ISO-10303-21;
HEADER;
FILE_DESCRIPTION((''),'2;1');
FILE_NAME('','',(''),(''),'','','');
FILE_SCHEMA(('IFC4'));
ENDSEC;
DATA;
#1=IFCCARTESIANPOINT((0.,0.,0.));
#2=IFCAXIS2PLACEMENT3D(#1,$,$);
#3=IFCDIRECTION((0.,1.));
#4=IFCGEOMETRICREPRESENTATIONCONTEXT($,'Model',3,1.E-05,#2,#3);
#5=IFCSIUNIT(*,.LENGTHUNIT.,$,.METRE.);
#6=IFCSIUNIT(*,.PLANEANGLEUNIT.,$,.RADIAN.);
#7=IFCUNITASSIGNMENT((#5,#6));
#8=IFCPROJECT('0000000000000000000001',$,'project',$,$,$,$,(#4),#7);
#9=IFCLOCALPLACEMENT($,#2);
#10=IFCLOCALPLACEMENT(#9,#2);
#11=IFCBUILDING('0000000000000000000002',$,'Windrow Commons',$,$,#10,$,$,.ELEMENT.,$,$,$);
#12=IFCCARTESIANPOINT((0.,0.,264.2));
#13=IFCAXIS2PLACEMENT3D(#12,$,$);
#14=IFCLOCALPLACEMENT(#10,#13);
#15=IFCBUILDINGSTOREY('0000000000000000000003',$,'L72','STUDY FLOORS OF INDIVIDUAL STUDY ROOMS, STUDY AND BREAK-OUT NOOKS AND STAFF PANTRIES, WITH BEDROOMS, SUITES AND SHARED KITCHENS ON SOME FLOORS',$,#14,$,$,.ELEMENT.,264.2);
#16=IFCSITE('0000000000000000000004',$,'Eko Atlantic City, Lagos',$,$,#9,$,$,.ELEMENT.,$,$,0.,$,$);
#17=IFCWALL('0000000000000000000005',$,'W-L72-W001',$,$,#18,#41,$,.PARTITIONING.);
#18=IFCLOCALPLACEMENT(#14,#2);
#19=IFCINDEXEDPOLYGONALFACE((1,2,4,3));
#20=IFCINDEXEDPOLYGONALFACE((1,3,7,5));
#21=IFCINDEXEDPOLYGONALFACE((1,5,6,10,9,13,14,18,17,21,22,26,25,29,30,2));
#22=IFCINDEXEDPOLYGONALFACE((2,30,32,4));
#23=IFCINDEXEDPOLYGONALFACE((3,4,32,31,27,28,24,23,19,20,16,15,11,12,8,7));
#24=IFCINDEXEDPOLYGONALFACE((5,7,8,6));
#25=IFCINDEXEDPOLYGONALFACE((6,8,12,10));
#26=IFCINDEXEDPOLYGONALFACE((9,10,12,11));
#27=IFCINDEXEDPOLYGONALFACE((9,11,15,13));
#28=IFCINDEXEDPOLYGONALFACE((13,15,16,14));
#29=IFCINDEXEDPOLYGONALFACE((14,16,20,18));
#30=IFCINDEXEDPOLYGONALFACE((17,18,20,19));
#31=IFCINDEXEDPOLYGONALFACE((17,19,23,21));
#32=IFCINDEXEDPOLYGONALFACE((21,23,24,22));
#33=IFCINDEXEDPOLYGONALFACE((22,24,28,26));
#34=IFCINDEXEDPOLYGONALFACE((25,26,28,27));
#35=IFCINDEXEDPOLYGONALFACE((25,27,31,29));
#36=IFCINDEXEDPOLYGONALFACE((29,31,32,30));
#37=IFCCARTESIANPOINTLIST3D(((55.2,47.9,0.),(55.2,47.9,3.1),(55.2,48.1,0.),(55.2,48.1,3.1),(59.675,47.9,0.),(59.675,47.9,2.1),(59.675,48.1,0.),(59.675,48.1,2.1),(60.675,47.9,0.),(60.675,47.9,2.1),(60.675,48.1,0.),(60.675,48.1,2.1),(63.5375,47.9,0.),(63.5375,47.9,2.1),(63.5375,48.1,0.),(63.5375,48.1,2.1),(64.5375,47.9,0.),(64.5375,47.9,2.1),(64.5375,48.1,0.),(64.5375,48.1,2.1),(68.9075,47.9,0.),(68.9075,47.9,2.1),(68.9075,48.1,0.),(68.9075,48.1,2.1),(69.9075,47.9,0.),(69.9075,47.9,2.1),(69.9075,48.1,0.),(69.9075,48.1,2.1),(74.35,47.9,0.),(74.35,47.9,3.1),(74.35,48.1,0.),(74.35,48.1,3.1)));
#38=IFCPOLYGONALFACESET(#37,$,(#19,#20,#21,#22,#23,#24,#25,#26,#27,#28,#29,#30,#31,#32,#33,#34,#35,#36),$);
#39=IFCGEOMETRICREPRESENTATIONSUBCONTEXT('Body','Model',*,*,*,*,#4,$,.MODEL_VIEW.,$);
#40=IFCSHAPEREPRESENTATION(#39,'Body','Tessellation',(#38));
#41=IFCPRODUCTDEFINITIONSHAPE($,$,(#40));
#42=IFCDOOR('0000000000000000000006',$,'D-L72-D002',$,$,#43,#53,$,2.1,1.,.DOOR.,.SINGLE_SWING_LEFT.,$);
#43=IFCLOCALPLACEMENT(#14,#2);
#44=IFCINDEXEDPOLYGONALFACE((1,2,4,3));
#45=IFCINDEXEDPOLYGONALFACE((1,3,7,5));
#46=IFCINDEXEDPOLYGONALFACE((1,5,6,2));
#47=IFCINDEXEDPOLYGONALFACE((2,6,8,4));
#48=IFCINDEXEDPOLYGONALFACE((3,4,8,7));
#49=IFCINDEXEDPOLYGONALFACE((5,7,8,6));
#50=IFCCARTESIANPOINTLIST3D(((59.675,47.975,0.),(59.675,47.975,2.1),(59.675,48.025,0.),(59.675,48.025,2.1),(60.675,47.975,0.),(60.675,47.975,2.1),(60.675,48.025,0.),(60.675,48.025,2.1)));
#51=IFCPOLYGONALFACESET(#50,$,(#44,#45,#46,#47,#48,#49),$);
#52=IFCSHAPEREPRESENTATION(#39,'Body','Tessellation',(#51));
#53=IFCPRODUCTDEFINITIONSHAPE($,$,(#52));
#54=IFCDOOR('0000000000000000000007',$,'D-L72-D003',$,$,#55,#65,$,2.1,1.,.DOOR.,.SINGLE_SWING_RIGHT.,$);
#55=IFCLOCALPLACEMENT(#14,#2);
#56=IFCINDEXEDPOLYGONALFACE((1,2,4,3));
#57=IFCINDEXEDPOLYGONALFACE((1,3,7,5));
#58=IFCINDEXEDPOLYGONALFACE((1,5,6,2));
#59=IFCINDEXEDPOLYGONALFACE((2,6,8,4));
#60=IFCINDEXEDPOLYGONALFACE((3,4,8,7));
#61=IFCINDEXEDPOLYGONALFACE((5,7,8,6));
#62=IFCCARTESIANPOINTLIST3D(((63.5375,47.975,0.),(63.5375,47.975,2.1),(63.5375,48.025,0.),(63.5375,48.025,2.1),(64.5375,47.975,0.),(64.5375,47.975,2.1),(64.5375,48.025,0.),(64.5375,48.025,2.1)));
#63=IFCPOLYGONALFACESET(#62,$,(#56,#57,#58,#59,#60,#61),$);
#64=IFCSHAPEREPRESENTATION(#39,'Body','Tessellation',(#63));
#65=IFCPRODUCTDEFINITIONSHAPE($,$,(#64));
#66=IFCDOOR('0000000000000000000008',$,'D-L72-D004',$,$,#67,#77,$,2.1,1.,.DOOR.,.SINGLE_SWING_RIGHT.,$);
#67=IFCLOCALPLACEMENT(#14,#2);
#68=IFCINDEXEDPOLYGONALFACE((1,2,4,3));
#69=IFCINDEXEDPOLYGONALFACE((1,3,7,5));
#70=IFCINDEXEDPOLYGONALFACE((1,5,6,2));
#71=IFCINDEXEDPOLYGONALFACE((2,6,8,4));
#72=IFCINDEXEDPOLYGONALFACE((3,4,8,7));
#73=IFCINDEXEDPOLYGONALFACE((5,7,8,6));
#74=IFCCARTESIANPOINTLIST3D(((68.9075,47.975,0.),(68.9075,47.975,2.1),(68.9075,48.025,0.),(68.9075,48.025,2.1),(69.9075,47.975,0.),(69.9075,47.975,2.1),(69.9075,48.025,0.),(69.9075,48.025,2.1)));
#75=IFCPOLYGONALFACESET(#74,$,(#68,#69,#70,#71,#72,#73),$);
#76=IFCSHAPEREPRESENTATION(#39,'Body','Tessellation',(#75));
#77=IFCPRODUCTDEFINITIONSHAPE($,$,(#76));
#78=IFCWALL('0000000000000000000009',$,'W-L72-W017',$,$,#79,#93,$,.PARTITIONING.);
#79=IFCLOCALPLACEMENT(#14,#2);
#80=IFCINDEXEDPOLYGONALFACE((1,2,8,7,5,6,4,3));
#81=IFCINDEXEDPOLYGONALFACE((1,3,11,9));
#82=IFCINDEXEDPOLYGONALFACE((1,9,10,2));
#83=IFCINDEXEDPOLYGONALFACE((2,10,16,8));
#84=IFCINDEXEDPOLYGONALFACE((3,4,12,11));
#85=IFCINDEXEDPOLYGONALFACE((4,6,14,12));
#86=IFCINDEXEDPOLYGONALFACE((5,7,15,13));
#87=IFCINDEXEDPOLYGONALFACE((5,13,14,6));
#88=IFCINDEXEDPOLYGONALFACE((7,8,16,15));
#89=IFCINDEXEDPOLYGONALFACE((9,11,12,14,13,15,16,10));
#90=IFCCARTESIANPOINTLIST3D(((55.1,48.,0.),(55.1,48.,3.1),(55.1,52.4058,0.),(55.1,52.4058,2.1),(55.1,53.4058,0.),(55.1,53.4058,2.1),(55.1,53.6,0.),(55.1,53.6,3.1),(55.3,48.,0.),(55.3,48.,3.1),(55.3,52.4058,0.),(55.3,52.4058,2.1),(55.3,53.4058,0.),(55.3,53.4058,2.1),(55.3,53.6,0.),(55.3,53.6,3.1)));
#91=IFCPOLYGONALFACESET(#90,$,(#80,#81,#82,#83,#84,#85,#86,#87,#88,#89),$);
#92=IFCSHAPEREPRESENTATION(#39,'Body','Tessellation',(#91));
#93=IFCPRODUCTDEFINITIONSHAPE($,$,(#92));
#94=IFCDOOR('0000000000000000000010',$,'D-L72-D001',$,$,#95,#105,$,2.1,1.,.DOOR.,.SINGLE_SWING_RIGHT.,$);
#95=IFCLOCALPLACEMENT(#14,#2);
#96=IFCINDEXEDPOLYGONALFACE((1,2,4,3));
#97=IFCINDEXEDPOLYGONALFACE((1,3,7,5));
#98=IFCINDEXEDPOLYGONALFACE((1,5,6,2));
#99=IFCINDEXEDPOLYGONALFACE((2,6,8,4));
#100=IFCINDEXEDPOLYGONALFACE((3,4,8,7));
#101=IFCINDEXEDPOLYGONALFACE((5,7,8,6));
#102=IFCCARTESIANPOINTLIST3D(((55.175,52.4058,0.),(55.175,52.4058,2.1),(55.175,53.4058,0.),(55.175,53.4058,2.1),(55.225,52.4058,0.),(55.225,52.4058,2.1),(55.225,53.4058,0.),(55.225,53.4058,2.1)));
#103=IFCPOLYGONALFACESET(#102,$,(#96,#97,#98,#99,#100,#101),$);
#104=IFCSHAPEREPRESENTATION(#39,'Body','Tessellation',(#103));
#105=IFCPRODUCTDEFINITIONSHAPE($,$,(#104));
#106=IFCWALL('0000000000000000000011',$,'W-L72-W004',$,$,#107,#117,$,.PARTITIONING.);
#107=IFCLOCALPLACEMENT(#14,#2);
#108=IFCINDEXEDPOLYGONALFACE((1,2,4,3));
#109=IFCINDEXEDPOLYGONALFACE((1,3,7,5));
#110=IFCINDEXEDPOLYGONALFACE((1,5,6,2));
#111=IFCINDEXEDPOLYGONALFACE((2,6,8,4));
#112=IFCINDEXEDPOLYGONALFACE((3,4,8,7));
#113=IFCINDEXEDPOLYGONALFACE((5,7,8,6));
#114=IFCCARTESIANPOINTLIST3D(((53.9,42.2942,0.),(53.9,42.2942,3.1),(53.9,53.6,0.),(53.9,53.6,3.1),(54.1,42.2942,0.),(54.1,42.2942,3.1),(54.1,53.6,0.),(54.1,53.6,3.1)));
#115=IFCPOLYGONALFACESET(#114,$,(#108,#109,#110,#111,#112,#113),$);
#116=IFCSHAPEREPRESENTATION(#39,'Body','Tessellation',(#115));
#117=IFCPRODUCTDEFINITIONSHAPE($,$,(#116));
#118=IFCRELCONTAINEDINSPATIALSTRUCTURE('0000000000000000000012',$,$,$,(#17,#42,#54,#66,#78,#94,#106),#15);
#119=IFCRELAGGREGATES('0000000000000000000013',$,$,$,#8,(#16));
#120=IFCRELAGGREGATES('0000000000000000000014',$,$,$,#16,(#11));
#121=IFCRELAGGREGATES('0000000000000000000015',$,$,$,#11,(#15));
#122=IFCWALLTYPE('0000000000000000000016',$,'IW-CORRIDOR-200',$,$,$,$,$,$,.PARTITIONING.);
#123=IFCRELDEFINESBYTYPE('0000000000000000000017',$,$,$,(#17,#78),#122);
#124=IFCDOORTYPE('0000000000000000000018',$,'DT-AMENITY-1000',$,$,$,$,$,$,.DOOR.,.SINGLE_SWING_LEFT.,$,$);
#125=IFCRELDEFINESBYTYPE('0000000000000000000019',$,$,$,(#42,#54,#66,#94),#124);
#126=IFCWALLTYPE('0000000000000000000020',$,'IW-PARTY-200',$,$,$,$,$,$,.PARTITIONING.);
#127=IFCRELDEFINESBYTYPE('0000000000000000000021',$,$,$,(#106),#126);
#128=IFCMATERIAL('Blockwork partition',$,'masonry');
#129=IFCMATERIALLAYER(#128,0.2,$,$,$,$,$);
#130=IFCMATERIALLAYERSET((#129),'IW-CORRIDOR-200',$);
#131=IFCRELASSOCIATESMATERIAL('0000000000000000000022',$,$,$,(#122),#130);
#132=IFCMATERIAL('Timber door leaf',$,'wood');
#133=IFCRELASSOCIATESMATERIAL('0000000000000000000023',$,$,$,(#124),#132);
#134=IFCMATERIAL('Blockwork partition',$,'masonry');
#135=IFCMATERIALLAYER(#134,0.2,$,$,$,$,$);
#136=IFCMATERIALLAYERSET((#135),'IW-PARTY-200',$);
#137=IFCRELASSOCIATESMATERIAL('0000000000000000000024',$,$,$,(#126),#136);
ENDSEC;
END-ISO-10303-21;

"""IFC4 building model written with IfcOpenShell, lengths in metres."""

from ifc_helpers import new_model, si_unit, direction, frame, frame_2d, origin, place, context, subcontext, project, spatial, rectangle, extrude, material, layer, layer_set, type_object, element, fill, save


model = new_model("IFC4")

# Units and contexts
model_context = context("Model", 3, precision=1e-05, world=origin(), true_north=direction((0.0, 1.0)))
body_context = subcontext(model_context, "Body", "Model", "MODEL_VIEW")
ifc_project = project(units=[si_unit("LENGTHUNIT", "METRE"), si_unit("PLANEANGLEUNIT", "RADIAN")], contexts=[model_context])

# Site, building, storey
site_placement = place(None, origin())
site = spatial("IfcSite", under=ifc_project, at=site_placement, Name="Eko Atlantic City, Lagos", CompositionType="ELEMENT", RefElevation=0.0)
building_placement = place(site_placement, origin())
building = spatial("IfcBuilding", under=site, at=building_placement, Name="Windrow Commons", CompositionType="ELEMENT")
storey_placement = place(building_placement, frame((0.0, 0.0, 264.2)))
storey = spatial("IfcBuildingStorey", under=building, at=storey_placement, Name="L72", Description="STUDY FLOORS OF INDIVIDUAL STUDY ROOMS, STUDY AND BREAK-OUT NOOKS AND STAFF PANTRIES, WITH BEDROOMS, SUITES AND SHARED KITCHENS ON SOME FLOORS", CompositionType="ELEMENT", Elevation=264.2)

# Wall, openings, doors
ifc_material_1 = material(Name="Blockwork partition", Category="masonry")
ifc_layer_1 = layer(ifc_material_1, 0.2)
ifc_layer_set_1 = layer_set([ifc_layer_1], Name="IW-CORRIDOR-200")
wall_type_1 = type_object("IfcWallType", Name="IW-CORRIDOR-200", PredefinedType="PARTITIONING", material=ifc_layer_set_1)
wall_1_placement = place(storey_placement, frame((55.2, 48.0, 0.0), z_axis=(0.0, 0.0, 1.0), x_axis=(1.0, 0.0, 0.0)))
wall_1 = element("IfcWall", 1, at=wall_1_placement, inside=storey, type_object=wall_type_1, Name="W-L72-W001", PredefinedType="PARTITIONING", context=body_context, shape_type="SweptSolid", body=[
    extrude(rectangle(XDim=19.15, YDim=0.2, at=frame_2d((9.575, 0.0))), origin(), (0.0, 0.0, 1.0), 3.1),
])
opening_1_placement = place(wall_1_placement, frame((4.475, 0.0, 0.0)))
opening_1 = element("IfcOpeningElement", 2, at=opening_1_placement, cuts=wall_1, PredefinedType="OPENING", context=body_context, shape_type="SweptSolid", body=[
    extrude(rectangle(XDim=1.0, YDim=2.1, at=frame_2d((0.5, 1.05))), frame((0.0, 0.11, 0.0), z_axis=(0.0, -1.0, 0.0), x_axis=(1.0, 0.0, 0.0)), (0.0, 0.0, 1.0), 0.22),
])
opening_2_placement = place(wall_1_placement, frame((8.3375, 0.0, 0.0)))
opening_2 = element("IfcOpeningElement", 3, at=opening_2_placement, cuts=wall_1, PredefinedType="OPENING", context=body_context, shape_type="SweptSolid", body=[
    extrude(rectangle(XDim=1.0, YDim=2.1, at=frame_2d((0.5, 1.05))), frame((0.0, 0.11, 0.0), z_axis=(0.0, -1.0, 0.0), x_axis=(1.0, 0.0, 0.0)), (0.0, 0.0, 1.0), 0.22),
])
opening_3_placement = place(wall_1_placement, frame((13.7075, 0.0, 0.0)))
opening_3 = element("IfcOpeningElement", 4, at=opening_3_placement, cuts=wall_1, PredefinedType="OPENING", context=body_context, shape_type="SweptSolid", body=[
    extrude(rectangle(XDim=1.0, YDim=2.1, at=frame_2d((0.5, 1.05))), frame((0.0, 0.11, 0.0), z_axis=(0.0, -1.0, 0.0), x_axis=(1.0, 0.0, 0.0)), (0.0, 0.0, 1.0), 0.22),
])
ifc_material_2 = material(Name="Timber door leaf", Category="wood")
door_type = type_object("IfcDoorType", Name="DT-AMENITY-1000", OperationType="SINGLE_SWING_LEFT", PredefinedType="DOOR", material=ifc_material_2)
door_1_placement = place(opening_1_placement, origin())
door_1 = element("IfcDoor", 5, at=door_1_placement, inside=storey, type_object=door_type, Name="D-L72-D002", OperationType="SINGLE_SWING_LEFT", OverallHeight=2.1, OverallWidth=1.0, PredefinedType="DOOR", context=body_context, shape_type="SweptSolid", body=[
    extrude(rectangle(XDim=1.0, YDim=2.1, at=frame_2d((0.5, 1.05))), frame((0.0, 0.025, 0.0), z_axis=(0.0, -1.0, 0.0), x_axis=(1.0, 0.0, 0.0)), (0.0, 0.0, 1.0), 0.05),
])
fill(opening_1, door_1)
door_2_placement = place(opening_2_placement, origin())
door_2 = element("IfcDoor", 6, at=door_2_placement, inside=storey, type_object=door_type, Name="D-L72-D003", OperationType="SINGLE_SWING_RIGHT", OverallHeight=2.1, OverallWidth=1.0, PredefinedType="DOOR", context=body_context, shape_type="SweptSolid", body=[
    extrude(rectangle(XDim=1.0, YDim=2.1, at=frame_2d((0.5, 1.05))), frame((0.0, 0.025, 0.0), z_axis=(0.0, -1.0, 0.0), x_axis=(1.0, 0.0, 0.0)), (0.0, 0.0, 1.0), 0.05),
])
fill(opening_2, door_2)
door_3_placement = place(opening_3_placement, origin())
door_3 = element("IfcDoor", 7, at=door_3_placement, inside=storey, type_object=door_type, Name="D-L72-D004", OperationType="SINGLE_SWING_RIGHT", OverallHeight=2.1, OverallWidth=1.0, PredefinedType="DOOR", context=body_context, shape_type="SweptSolid", body=[
    extrude(rectangle(XDim=1.0, YDim=2.1, at=frame_2d((0.5, 1.05))), frame((0.0, 0.025, 0.0), z_axis=(0.0, -1.0, 0.0), x_axis=(1.0, 0.0, 0.0)), (0.0, 0.0, 1.0), 0.05),
])
fill(opening_3, door_3)

# Wall, opening, door
wall_2_placement = place(storey_placement, frame((55.2, 48.0, 0.0), z_axis=(0.0, 0.0, 1.0), x_axis=(0.0, 1.0, 0.0)))
wall_2 = element("IfcWall", 8, at=wall_2_placement, inside=storey, type_object=wall_type_1, Name="W-L72-W017", PredefinedType="PARTITIONING", context=body_context, shape_type="SweptSolid", body=[
    extrude(rectangle(XDim=5.6, YDim=0.2, at=frame_2d((2.8, 0.0))), origin(), (0.0, 0.0, 1.0), 3.1),
])
opening_4_placement = place(wall_2_placement, frame((4.4058, 0.0, 0.0)))
opening_4 = element("IfcOpeningElement", 9, at=opening_4_placement, cuts=wall_2, PredefinedType="OPENING", context=body_context, shape_type="SweptSolid", body=[
    extrude(rectangle(XDim=1.0, YDim=2.1, at=frame_2d((0.5, 1.05))), frame((0.0, 0.11, 0.0), z_axis=(0.0, -1.0, 0.0), x_axis=(1.0, 0.0, 0.0)), (0.0, 0.0, 1.0), 0.22),
])
door_4_placement = place(opening_4_placement, origin())
door_4 = element("IfcDoor", 10, at=door_4_placement, inside=storey, type_object=door_type, Name="D-L72-D001", OperationType="SINGLE_SWING_RIGHT", OverallHeight=2.1, OverallWidth=1.0, PredefinedType="DOOR", context=body_context, shape_type="SweptSolid", body=[
    extrude(rectangle(XDim=1.0, YDim=2.1, at=frame_2d((0.5, 1.05))), frame((0.0, 0.025, 0.0), z_axis=(0.0, -1.0, 0.0), x_axis=(1.0, 0.0, 0.0)), (0.0, 0.0, 1.0), 0.05),
])
fill(opening_4, door_4)

# Wall
ifc_material_3 = material(Name="Blockwork partition", Category="masonry")
ifc_layer_2 = layer(ifc_material_3, 0.2)
ifc_layer_set_2 = layer_set([ifc_layer_2], Name="IW-PARTY-200")
wall_type_2 = type_object("IfcWallType", Name="IW-PARTY-200", PredefinedType="PARTITIONING", material=ifc_layer_set_2)
wall_3_placement = place(storey_placement, frame((54.0, 42.2942, 0.0), z_axis=(0.0, 0.0, 1.0), x_axis=(0.0, 1.0, 0.0)))
element("IfcWall", 11, at=wall_3_placement, inside=storey, type_object=wall_type_2, Name="W-L72-W004", PredefinedType="PARTITIONING", context=body_context, shape_type="SweptSolid", body=[
    extrude(rectangle(XDim=11.3058, YDim=0.2, at=frame_2d((5.6529, 0.0))), origin(), (0.0, 0.0, 1.0), 3.1),
])

save(model, "model.ifc")
